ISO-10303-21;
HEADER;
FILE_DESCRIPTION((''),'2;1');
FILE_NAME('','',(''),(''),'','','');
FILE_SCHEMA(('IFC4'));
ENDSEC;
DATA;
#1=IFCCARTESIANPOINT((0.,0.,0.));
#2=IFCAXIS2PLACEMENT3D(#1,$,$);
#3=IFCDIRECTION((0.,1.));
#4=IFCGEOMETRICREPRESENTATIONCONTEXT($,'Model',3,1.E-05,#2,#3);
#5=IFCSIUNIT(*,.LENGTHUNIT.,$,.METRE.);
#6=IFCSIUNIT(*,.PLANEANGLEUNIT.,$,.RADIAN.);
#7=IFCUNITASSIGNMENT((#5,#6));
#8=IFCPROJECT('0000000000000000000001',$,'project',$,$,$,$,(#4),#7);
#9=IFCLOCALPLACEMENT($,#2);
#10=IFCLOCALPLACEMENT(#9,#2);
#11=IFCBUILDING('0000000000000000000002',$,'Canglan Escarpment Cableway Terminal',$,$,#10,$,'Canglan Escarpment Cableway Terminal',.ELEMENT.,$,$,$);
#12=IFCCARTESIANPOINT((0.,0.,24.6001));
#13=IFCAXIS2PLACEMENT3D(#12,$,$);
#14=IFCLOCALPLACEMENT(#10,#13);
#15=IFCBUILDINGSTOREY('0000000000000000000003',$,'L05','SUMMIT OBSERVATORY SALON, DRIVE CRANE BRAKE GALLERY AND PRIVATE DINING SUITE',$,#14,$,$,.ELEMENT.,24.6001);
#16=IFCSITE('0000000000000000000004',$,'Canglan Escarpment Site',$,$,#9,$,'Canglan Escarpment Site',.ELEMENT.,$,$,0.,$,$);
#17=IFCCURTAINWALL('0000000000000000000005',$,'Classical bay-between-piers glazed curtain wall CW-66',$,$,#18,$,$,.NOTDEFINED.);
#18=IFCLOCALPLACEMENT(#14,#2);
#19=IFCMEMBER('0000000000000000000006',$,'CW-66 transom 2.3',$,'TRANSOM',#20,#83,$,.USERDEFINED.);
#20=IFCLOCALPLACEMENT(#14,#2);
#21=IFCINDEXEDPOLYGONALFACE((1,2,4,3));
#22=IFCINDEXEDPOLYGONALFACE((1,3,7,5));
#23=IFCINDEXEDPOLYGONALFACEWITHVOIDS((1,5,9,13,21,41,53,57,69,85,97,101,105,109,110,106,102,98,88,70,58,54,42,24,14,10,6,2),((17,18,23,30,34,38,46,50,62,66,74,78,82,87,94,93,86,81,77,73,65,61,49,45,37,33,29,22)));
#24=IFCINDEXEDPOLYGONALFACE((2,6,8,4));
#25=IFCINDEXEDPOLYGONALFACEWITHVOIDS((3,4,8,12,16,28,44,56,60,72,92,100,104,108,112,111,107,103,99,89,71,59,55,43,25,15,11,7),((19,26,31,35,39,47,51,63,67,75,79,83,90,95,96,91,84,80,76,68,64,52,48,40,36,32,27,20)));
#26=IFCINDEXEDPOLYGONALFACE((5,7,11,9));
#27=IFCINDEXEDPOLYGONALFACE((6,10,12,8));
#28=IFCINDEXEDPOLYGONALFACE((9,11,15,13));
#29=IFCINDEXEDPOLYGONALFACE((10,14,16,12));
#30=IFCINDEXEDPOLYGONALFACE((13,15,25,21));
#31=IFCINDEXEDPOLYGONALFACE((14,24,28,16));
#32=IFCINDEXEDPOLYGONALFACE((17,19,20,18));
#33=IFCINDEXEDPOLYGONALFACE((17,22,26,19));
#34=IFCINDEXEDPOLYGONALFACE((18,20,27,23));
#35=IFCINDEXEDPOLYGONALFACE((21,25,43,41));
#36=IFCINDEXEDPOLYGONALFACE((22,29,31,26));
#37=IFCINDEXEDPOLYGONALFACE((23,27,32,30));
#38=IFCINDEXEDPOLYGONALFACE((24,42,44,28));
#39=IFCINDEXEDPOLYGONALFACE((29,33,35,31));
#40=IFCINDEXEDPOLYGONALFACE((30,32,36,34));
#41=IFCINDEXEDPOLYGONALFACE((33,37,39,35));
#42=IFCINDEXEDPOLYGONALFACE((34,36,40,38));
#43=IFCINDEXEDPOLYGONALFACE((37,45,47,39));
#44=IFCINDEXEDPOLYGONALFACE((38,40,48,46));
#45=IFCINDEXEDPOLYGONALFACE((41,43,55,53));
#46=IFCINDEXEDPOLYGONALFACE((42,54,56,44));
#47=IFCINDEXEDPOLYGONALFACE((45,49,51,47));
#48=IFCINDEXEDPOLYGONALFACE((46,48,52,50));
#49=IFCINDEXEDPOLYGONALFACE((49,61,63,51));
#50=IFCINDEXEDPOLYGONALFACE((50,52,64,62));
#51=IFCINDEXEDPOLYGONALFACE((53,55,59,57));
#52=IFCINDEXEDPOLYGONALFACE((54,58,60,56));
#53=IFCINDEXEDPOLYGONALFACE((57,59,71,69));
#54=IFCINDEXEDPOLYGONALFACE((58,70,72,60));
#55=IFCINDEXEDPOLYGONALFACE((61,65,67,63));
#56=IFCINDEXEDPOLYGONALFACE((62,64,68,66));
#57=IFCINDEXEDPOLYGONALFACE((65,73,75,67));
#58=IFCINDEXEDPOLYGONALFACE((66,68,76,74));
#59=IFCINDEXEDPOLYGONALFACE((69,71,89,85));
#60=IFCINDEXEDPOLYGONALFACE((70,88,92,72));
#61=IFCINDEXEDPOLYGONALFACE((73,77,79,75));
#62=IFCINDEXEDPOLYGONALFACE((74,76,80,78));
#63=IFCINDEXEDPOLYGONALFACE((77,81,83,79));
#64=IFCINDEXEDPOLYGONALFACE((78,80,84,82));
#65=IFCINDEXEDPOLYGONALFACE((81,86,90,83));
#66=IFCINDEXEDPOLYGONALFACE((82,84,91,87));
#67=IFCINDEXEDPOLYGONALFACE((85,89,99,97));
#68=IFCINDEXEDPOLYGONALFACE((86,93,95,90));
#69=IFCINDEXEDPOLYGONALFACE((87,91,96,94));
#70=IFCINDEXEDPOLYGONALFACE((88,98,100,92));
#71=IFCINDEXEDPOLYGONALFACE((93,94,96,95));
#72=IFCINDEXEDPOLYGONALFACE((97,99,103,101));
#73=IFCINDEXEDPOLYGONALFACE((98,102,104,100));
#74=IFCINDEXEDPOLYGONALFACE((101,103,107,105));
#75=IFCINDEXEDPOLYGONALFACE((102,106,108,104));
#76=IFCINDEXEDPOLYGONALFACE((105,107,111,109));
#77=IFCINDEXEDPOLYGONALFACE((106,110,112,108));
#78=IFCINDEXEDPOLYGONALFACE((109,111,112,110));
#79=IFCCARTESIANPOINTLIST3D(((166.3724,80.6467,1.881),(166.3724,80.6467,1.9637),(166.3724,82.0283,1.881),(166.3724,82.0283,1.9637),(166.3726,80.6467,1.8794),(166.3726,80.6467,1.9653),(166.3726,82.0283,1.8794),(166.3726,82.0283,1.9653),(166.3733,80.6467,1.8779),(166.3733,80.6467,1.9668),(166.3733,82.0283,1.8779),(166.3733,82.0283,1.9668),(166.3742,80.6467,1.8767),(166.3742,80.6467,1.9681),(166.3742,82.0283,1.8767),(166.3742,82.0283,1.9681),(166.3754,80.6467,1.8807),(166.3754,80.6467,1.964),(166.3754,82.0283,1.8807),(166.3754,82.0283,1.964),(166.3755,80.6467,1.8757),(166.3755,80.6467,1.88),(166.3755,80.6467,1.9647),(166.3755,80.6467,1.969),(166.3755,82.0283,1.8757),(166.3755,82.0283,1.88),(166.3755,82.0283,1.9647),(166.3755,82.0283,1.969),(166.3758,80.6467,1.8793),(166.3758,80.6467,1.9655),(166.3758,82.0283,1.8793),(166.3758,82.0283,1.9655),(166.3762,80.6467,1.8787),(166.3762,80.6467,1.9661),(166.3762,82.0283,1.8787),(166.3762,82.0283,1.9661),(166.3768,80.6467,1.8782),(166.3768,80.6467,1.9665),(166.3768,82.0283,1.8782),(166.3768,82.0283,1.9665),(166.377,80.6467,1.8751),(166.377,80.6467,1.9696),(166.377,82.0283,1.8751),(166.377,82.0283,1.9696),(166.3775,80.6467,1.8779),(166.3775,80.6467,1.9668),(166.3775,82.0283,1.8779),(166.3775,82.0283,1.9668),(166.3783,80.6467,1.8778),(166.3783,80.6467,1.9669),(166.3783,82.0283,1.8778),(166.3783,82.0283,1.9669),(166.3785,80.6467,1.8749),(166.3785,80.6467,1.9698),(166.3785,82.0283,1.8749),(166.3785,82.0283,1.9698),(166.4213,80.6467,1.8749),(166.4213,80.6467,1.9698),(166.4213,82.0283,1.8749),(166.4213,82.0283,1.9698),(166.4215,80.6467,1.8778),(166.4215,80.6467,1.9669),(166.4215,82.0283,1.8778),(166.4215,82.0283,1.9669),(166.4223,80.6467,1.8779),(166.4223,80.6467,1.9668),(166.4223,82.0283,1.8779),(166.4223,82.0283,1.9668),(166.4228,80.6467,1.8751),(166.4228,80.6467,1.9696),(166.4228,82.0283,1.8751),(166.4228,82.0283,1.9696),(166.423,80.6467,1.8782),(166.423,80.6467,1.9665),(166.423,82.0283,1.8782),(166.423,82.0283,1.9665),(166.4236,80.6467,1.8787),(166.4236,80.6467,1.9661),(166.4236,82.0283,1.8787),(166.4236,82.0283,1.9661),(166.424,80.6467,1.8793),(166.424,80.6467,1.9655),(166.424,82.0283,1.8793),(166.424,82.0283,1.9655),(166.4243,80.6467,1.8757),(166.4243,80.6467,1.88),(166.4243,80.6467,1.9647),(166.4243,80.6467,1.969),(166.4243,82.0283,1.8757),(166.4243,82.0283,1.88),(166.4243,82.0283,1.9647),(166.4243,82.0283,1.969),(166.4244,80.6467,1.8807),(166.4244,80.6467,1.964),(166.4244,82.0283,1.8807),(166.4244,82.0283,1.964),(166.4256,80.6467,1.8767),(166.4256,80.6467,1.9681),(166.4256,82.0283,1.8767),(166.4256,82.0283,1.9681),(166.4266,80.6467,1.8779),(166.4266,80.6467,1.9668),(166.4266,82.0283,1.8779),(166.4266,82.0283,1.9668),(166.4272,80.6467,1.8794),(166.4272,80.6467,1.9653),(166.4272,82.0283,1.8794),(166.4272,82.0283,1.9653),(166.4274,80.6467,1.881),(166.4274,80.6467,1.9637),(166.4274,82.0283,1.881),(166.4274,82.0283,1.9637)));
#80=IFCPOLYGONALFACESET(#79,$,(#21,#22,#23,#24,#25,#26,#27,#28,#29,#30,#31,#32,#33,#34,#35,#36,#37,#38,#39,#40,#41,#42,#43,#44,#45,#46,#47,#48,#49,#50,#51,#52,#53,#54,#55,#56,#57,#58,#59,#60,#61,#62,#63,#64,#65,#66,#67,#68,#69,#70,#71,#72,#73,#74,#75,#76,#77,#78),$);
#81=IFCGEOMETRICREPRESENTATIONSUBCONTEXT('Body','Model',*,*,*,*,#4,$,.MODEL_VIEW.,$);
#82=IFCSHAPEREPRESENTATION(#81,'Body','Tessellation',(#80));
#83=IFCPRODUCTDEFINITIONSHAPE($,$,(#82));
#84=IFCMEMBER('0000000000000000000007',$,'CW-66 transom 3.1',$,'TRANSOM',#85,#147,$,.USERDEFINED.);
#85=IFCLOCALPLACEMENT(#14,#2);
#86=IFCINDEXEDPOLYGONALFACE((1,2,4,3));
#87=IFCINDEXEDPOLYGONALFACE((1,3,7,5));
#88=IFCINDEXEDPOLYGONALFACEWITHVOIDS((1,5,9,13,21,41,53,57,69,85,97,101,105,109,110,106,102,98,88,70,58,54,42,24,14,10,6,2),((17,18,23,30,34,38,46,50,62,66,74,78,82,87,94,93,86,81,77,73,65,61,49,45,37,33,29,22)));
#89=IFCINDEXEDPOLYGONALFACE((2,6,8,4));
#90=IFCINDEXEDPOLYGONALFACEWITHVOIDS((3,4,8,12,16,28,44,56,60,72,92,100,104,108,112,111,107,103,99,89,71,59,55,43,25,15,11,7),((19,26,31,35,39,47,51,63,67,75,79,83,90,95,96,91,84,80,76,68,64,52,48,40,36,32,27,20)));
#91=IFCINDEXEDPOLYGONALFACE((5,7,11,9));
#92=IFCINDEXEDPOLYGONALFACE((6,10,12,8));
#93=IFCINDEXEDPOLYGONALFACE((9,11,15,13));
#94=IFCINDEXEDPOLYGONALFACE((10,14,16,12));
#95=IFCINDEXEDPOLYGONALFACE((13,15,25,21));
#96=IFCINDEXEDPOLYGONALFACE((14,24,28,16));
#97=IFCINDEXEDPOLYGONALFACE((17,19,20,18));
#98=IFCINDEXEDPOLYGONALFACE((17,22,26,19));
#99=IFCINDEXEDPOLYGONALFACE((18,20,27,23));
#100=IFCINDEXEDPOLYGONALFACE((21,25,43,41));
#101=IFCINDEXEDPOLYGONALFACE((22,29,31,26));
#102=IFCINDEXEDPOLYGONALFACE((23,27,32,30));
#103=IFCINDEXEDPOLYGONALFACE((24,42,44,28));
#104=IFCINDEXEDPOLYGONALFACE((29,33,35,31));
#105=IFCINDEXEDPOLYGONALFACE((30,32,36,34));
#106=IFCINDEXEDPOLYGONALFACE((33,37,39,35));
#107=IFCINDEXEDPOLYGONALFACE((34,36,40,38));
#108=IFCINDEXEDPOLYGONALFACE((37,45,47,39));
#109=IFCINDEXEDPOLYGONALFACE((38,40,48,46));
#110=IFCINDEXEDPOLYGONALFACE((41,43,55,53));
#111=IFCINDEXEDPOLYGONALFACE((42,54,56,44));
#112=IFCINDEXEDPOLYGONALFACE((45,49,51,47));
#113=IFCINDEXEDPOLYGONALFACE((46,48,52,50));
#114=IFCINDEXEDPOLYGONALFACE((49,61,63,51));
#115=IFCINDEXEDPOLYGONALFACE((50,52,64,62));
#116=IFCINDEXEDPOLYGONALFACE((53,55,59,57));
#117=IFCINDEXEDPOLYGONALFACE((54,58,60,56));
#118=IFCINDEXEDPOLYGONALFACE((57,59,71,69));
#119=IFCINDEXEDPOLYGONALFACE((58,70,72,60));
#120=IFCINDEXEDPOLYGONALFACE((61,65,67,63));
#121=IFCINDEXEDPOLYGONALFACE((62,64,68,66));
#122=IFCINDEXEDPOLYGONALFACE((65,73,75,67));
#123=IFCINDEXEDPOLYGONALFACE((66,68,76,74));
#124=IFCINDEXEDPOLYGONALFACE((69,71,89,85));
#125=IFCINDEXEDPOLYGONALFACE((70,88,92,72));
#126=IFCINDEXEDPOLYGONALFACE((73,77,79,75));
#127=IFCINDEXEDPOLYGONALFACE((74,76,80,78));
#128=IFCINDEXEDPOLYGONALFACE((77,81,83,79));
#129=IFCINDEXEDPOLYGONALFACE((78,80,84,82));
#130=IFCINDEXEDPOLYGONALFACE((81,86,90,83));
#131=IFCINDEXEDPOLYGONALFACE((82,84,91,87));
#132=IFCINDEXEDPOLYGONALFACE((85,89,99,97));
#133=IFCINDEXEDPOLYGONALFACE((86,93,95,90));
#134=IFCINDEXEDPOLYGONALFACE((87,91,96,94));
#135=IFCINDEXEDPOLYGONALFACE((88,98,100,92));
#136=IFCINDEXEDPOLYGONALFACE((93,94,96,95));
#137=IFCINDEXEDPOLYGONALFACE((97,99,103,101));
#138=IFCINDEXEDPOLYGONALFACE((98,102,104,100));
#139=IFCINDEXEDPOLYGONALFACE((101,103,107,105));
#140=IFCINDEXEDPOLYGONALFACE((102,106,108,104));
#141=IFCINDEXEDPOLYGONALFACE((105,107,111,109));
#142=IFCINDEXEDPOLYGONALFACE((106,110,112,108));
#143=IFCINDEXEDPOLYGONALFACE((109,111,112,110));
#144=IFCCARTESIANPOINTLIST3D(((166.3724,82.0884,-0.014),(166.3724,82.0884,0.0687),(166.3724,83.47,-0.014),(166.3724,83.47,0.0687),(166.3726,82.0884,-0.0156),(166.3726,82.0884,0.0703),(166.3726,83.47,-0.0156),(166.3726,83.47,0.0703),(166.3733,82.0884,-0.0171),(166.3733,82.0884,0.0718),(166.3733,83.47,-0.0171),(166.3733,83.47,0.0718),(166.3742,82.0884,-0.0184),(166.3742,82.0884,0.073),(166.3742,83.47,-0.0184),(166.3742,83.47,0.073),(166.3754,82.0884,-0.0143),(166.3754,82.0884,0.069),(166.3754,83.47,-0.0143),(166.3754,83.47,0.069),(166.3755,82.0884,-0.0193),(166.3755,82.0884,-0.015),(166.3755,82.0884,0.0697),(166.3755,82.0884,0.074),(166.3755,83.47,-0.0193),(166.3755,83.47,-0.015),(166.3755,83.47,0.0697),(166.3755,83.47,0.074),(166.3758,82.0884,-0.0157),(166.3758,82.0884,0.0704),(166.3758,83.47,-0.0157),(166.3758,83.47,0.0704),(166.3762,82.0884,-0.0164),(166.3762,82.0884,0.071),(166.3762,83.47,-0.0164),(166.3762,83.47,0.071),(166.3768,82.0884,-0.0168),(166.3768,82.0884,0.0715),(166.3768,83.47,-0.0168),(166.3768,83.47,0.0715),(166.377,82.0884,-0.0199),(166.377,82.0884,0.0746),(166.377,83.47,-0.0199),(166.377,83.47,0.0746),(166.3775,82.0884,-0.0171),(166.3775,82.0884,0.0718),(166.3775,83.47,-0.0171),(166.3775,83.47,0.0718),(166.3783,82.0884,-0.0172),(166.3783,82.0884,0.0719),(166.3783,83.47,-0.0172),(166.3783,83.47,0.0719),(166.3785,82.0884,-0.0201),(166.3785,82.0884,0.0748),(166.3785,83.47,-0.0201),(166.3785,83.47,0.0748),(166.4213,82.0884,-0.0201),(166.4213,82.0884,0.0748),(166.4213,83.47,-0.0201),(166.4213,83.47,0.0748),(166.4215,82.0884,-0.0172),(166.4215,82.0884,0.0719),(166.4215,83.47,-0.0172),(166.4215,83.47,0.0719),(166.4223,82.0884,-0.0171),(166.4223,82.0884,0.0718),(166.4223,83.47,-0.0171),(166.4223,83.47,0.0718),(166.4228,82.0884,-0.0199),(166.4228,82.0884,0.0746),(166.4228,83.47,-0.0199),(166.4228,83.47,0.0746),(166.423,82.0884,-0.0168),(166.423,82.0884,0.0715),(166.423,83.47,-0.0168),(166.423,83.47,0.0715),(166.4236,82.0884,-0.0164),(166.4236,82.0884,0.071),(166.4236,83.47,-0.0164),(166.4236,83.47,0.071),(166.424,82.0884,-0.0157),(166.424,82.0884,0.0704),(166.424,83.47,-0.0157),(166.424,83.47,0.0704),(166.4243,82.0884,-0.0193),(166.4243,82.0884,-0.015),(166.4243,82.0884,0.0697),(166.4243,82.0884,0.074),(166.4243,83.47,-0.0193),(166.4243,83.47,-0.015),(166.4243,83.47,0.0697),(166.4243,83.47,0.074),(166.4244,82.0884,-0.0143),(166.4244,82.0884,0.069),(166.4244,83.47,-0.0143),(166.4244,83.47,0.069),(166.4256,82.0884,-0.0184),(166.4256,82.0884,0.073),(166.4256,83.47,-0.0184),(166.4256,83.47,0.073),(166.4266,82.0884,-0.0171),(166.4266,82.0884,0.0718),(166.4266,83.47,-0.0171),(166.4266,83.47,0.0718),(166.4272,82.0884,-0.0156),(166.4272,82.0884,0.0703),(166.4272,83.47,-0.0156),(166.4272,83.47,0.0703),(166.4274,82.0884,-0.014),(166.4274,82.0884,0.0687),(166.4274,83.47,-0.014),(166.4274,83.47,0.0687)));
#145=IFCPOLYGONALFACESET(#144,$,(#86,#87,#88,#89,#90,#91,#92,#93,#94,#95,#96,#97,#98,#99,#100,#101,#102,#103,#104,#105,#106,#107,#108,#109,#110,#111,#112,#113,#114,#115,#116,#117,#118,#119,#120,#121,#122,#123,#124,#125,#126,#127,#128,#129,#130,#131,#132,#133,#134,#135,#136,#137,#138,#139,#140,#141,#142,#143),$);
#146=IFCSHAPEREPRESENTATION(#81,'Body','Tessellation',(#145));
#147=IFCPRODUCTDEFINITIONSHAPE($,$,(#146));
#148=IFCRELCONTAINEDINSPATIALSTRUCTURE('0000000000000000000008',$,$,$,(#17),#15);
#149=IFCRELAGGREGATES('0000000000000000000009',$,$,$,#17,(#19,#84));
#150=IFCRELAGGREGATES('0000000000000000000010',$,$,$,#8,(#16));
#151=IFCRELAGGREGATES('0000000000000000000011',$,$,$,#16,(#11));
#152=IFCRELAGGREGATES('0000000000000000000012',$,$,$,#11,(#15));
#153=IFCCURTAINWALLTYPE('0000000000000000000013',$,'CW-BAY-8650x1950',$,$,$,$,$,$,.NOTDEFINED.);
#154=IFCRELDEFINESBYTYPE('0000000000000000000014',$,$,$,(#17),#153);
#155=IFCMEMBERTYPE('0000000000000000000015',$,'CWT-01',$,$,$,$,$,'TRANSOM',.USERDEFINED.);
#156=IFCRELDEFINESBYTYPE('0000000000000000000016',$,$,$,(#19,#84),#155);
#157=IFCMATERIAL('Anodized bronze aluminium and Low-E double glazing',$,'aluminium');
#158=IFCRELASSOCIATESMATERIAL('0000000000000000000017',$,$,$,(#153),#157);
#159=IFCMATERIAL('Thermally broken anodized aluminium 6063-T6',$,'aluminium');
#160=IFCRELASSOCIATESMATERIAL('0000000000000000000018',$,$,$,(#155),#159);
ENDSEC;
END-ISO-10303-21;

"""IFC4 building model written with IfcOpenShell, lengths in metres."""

from ifc_helpers import new_model, si_unit, direction, frame, origin, origin_2d, place, context, subcontext, project, spatial, hollow_rectangle, extrude, material, material_profile, profile_set, type_object, element, aggregate, save


model = new_model("IFC4")

# Units and contexts
model_context = context("Model", 3, precision=1e-05, world=origin(), true_north=direction((0.0, 1.0)))
body_context = subcontext(model_context, "Body", "Model", "MODEL_VIEW")
ifc_project = project(units=[si_unit("LENGTHUNIT", "METRE"), si_unit("PLANEANGLEUNIT", "RADIAN")], contexts=[model_context])

# Site, building, storey
site_placement = place(None, origin())
site = spatial("IfcSite", under=ifc_project, at=site_placement, Name="Canglan Escarpment Site", LongName="Canglan Escarpment Site", CompositionType="ELEMENT", RefElevation=0.0)
building_placement = place(site_placement, origin())
building = spatial("IfcBuilding", under=site, at=building_placement, Name="Canglan Escarpment Cableway Terminal", LongName="Canglan Escarpment Cableway Terminal", CompositionType="ELEMENT")
storey_placement = place(building_placement, frame((0.0, 0.0, 24.6001)))
storey = spatial("IfcBuildingStorey", under=building, at=storey_placement, Name="L05", Description="SUMMIT OBSERVATORY SALON, DRIVE CRANE BRAKE GALLERY AND PRIVATE DINING SUITE", CompositionType="ELEMENT", Elevation=24.6001)

# Curtain wall
ifc_material_1 = material(Name="Anodized bronze aluminium and Low-E double glazing", Category="aluminium")
curtain_wall_type = type_object("IfcCurtainWallType", Name="CW-BAY-8650x1950", PredefinedType="NOTDEFINED", material=ifc_material_1)
curtain_wall_1_placement = place(storey_placement, origin())
curtain_wall_1 = element("IfcCurtainWall", 1, at=curtain_wall_1_placement, inside=storey, type_object=curtain_wall_type, Name="Classical bay-between-piers glazed curtain wall CW-66", PredefinedType="NOTDEFINED")
ifc_material_2 = material(Name="Thermally broken anodized aluminium 6063-T6", Category="aluminium")

# Members
ifc_material_profile_1 = material_profile(ifc_material_2, hollow_rectangle(XDim=0.0549, YDim=0.095, WallThickness=0.0029, InnerFilletRadius=0.0029, OuterFilletRadius=0.0061, at=origin_2d()), Name="ALU-TRAN 55x95x3")
ifc_profile_set_1 = profile_set([ifc_material_profile_1], Name="Thermally broken anodized aluminium 6063-T6")
member_type_1 = type_object("IfcMemberType", Name="CWT-01", ElementType="TRANSOM", PredefinedType="USERDEFINED", material=ifc_profile_set_1)
member_1_placement = place(storey_placement, frame((166.3999, 80.6467, 1.9224), z_axis=(0.0, 1.0, 0.0), x_axis=(-1.0, 0.0, 0.0)))
member_1 = element("IfcMember", 2, at=member_1_placement, type_object=member_type_1, Name="CW-66 transom 2.3", ObjectType="TRANSOM", PredefinedType="USERDEFINED", context=body_context, shape_type="SweptSolid", body=[
    extrude(hollow_rectangle(XDim=0.0549, YDim=0.095, WallThickness=0.0029, InnerFilletRadius=0.0029, OuterFilletRadius=0.0061, at=origin_2d()), origin(), (0.0, 0.0, 1.0), 1.3816),
])
member_2_placement = place(storey_placement, frame((166.3999, 82.0884, 0.0273), z_axis=(0.0, 1.0, 0.0), x_axis=(-1.0, 0.0, 0.0)))
member_2 = element("IfcMember", 3, at=member_2_placement, type_object=member_type_1, Name="CW-66 transom 3.1", ObjectType="TRANSOM", PredefinedType="USERDEFINED", context=body_context, shape_type="SweptSolid", body=[
    extrude(hollow_rectangle(XDim=0.0549, YDim=0.095, WallThickness=0.0029, InnerFilletRadius=0.0029, OuterFilletRadius=0.0061, at=origin_2d()), origin(), (0.0, 0.0, 1.0), 1.3816),
])

aggregate(curtain_wall_1, [member_1, member_2])

save(model, "model.ifc")
